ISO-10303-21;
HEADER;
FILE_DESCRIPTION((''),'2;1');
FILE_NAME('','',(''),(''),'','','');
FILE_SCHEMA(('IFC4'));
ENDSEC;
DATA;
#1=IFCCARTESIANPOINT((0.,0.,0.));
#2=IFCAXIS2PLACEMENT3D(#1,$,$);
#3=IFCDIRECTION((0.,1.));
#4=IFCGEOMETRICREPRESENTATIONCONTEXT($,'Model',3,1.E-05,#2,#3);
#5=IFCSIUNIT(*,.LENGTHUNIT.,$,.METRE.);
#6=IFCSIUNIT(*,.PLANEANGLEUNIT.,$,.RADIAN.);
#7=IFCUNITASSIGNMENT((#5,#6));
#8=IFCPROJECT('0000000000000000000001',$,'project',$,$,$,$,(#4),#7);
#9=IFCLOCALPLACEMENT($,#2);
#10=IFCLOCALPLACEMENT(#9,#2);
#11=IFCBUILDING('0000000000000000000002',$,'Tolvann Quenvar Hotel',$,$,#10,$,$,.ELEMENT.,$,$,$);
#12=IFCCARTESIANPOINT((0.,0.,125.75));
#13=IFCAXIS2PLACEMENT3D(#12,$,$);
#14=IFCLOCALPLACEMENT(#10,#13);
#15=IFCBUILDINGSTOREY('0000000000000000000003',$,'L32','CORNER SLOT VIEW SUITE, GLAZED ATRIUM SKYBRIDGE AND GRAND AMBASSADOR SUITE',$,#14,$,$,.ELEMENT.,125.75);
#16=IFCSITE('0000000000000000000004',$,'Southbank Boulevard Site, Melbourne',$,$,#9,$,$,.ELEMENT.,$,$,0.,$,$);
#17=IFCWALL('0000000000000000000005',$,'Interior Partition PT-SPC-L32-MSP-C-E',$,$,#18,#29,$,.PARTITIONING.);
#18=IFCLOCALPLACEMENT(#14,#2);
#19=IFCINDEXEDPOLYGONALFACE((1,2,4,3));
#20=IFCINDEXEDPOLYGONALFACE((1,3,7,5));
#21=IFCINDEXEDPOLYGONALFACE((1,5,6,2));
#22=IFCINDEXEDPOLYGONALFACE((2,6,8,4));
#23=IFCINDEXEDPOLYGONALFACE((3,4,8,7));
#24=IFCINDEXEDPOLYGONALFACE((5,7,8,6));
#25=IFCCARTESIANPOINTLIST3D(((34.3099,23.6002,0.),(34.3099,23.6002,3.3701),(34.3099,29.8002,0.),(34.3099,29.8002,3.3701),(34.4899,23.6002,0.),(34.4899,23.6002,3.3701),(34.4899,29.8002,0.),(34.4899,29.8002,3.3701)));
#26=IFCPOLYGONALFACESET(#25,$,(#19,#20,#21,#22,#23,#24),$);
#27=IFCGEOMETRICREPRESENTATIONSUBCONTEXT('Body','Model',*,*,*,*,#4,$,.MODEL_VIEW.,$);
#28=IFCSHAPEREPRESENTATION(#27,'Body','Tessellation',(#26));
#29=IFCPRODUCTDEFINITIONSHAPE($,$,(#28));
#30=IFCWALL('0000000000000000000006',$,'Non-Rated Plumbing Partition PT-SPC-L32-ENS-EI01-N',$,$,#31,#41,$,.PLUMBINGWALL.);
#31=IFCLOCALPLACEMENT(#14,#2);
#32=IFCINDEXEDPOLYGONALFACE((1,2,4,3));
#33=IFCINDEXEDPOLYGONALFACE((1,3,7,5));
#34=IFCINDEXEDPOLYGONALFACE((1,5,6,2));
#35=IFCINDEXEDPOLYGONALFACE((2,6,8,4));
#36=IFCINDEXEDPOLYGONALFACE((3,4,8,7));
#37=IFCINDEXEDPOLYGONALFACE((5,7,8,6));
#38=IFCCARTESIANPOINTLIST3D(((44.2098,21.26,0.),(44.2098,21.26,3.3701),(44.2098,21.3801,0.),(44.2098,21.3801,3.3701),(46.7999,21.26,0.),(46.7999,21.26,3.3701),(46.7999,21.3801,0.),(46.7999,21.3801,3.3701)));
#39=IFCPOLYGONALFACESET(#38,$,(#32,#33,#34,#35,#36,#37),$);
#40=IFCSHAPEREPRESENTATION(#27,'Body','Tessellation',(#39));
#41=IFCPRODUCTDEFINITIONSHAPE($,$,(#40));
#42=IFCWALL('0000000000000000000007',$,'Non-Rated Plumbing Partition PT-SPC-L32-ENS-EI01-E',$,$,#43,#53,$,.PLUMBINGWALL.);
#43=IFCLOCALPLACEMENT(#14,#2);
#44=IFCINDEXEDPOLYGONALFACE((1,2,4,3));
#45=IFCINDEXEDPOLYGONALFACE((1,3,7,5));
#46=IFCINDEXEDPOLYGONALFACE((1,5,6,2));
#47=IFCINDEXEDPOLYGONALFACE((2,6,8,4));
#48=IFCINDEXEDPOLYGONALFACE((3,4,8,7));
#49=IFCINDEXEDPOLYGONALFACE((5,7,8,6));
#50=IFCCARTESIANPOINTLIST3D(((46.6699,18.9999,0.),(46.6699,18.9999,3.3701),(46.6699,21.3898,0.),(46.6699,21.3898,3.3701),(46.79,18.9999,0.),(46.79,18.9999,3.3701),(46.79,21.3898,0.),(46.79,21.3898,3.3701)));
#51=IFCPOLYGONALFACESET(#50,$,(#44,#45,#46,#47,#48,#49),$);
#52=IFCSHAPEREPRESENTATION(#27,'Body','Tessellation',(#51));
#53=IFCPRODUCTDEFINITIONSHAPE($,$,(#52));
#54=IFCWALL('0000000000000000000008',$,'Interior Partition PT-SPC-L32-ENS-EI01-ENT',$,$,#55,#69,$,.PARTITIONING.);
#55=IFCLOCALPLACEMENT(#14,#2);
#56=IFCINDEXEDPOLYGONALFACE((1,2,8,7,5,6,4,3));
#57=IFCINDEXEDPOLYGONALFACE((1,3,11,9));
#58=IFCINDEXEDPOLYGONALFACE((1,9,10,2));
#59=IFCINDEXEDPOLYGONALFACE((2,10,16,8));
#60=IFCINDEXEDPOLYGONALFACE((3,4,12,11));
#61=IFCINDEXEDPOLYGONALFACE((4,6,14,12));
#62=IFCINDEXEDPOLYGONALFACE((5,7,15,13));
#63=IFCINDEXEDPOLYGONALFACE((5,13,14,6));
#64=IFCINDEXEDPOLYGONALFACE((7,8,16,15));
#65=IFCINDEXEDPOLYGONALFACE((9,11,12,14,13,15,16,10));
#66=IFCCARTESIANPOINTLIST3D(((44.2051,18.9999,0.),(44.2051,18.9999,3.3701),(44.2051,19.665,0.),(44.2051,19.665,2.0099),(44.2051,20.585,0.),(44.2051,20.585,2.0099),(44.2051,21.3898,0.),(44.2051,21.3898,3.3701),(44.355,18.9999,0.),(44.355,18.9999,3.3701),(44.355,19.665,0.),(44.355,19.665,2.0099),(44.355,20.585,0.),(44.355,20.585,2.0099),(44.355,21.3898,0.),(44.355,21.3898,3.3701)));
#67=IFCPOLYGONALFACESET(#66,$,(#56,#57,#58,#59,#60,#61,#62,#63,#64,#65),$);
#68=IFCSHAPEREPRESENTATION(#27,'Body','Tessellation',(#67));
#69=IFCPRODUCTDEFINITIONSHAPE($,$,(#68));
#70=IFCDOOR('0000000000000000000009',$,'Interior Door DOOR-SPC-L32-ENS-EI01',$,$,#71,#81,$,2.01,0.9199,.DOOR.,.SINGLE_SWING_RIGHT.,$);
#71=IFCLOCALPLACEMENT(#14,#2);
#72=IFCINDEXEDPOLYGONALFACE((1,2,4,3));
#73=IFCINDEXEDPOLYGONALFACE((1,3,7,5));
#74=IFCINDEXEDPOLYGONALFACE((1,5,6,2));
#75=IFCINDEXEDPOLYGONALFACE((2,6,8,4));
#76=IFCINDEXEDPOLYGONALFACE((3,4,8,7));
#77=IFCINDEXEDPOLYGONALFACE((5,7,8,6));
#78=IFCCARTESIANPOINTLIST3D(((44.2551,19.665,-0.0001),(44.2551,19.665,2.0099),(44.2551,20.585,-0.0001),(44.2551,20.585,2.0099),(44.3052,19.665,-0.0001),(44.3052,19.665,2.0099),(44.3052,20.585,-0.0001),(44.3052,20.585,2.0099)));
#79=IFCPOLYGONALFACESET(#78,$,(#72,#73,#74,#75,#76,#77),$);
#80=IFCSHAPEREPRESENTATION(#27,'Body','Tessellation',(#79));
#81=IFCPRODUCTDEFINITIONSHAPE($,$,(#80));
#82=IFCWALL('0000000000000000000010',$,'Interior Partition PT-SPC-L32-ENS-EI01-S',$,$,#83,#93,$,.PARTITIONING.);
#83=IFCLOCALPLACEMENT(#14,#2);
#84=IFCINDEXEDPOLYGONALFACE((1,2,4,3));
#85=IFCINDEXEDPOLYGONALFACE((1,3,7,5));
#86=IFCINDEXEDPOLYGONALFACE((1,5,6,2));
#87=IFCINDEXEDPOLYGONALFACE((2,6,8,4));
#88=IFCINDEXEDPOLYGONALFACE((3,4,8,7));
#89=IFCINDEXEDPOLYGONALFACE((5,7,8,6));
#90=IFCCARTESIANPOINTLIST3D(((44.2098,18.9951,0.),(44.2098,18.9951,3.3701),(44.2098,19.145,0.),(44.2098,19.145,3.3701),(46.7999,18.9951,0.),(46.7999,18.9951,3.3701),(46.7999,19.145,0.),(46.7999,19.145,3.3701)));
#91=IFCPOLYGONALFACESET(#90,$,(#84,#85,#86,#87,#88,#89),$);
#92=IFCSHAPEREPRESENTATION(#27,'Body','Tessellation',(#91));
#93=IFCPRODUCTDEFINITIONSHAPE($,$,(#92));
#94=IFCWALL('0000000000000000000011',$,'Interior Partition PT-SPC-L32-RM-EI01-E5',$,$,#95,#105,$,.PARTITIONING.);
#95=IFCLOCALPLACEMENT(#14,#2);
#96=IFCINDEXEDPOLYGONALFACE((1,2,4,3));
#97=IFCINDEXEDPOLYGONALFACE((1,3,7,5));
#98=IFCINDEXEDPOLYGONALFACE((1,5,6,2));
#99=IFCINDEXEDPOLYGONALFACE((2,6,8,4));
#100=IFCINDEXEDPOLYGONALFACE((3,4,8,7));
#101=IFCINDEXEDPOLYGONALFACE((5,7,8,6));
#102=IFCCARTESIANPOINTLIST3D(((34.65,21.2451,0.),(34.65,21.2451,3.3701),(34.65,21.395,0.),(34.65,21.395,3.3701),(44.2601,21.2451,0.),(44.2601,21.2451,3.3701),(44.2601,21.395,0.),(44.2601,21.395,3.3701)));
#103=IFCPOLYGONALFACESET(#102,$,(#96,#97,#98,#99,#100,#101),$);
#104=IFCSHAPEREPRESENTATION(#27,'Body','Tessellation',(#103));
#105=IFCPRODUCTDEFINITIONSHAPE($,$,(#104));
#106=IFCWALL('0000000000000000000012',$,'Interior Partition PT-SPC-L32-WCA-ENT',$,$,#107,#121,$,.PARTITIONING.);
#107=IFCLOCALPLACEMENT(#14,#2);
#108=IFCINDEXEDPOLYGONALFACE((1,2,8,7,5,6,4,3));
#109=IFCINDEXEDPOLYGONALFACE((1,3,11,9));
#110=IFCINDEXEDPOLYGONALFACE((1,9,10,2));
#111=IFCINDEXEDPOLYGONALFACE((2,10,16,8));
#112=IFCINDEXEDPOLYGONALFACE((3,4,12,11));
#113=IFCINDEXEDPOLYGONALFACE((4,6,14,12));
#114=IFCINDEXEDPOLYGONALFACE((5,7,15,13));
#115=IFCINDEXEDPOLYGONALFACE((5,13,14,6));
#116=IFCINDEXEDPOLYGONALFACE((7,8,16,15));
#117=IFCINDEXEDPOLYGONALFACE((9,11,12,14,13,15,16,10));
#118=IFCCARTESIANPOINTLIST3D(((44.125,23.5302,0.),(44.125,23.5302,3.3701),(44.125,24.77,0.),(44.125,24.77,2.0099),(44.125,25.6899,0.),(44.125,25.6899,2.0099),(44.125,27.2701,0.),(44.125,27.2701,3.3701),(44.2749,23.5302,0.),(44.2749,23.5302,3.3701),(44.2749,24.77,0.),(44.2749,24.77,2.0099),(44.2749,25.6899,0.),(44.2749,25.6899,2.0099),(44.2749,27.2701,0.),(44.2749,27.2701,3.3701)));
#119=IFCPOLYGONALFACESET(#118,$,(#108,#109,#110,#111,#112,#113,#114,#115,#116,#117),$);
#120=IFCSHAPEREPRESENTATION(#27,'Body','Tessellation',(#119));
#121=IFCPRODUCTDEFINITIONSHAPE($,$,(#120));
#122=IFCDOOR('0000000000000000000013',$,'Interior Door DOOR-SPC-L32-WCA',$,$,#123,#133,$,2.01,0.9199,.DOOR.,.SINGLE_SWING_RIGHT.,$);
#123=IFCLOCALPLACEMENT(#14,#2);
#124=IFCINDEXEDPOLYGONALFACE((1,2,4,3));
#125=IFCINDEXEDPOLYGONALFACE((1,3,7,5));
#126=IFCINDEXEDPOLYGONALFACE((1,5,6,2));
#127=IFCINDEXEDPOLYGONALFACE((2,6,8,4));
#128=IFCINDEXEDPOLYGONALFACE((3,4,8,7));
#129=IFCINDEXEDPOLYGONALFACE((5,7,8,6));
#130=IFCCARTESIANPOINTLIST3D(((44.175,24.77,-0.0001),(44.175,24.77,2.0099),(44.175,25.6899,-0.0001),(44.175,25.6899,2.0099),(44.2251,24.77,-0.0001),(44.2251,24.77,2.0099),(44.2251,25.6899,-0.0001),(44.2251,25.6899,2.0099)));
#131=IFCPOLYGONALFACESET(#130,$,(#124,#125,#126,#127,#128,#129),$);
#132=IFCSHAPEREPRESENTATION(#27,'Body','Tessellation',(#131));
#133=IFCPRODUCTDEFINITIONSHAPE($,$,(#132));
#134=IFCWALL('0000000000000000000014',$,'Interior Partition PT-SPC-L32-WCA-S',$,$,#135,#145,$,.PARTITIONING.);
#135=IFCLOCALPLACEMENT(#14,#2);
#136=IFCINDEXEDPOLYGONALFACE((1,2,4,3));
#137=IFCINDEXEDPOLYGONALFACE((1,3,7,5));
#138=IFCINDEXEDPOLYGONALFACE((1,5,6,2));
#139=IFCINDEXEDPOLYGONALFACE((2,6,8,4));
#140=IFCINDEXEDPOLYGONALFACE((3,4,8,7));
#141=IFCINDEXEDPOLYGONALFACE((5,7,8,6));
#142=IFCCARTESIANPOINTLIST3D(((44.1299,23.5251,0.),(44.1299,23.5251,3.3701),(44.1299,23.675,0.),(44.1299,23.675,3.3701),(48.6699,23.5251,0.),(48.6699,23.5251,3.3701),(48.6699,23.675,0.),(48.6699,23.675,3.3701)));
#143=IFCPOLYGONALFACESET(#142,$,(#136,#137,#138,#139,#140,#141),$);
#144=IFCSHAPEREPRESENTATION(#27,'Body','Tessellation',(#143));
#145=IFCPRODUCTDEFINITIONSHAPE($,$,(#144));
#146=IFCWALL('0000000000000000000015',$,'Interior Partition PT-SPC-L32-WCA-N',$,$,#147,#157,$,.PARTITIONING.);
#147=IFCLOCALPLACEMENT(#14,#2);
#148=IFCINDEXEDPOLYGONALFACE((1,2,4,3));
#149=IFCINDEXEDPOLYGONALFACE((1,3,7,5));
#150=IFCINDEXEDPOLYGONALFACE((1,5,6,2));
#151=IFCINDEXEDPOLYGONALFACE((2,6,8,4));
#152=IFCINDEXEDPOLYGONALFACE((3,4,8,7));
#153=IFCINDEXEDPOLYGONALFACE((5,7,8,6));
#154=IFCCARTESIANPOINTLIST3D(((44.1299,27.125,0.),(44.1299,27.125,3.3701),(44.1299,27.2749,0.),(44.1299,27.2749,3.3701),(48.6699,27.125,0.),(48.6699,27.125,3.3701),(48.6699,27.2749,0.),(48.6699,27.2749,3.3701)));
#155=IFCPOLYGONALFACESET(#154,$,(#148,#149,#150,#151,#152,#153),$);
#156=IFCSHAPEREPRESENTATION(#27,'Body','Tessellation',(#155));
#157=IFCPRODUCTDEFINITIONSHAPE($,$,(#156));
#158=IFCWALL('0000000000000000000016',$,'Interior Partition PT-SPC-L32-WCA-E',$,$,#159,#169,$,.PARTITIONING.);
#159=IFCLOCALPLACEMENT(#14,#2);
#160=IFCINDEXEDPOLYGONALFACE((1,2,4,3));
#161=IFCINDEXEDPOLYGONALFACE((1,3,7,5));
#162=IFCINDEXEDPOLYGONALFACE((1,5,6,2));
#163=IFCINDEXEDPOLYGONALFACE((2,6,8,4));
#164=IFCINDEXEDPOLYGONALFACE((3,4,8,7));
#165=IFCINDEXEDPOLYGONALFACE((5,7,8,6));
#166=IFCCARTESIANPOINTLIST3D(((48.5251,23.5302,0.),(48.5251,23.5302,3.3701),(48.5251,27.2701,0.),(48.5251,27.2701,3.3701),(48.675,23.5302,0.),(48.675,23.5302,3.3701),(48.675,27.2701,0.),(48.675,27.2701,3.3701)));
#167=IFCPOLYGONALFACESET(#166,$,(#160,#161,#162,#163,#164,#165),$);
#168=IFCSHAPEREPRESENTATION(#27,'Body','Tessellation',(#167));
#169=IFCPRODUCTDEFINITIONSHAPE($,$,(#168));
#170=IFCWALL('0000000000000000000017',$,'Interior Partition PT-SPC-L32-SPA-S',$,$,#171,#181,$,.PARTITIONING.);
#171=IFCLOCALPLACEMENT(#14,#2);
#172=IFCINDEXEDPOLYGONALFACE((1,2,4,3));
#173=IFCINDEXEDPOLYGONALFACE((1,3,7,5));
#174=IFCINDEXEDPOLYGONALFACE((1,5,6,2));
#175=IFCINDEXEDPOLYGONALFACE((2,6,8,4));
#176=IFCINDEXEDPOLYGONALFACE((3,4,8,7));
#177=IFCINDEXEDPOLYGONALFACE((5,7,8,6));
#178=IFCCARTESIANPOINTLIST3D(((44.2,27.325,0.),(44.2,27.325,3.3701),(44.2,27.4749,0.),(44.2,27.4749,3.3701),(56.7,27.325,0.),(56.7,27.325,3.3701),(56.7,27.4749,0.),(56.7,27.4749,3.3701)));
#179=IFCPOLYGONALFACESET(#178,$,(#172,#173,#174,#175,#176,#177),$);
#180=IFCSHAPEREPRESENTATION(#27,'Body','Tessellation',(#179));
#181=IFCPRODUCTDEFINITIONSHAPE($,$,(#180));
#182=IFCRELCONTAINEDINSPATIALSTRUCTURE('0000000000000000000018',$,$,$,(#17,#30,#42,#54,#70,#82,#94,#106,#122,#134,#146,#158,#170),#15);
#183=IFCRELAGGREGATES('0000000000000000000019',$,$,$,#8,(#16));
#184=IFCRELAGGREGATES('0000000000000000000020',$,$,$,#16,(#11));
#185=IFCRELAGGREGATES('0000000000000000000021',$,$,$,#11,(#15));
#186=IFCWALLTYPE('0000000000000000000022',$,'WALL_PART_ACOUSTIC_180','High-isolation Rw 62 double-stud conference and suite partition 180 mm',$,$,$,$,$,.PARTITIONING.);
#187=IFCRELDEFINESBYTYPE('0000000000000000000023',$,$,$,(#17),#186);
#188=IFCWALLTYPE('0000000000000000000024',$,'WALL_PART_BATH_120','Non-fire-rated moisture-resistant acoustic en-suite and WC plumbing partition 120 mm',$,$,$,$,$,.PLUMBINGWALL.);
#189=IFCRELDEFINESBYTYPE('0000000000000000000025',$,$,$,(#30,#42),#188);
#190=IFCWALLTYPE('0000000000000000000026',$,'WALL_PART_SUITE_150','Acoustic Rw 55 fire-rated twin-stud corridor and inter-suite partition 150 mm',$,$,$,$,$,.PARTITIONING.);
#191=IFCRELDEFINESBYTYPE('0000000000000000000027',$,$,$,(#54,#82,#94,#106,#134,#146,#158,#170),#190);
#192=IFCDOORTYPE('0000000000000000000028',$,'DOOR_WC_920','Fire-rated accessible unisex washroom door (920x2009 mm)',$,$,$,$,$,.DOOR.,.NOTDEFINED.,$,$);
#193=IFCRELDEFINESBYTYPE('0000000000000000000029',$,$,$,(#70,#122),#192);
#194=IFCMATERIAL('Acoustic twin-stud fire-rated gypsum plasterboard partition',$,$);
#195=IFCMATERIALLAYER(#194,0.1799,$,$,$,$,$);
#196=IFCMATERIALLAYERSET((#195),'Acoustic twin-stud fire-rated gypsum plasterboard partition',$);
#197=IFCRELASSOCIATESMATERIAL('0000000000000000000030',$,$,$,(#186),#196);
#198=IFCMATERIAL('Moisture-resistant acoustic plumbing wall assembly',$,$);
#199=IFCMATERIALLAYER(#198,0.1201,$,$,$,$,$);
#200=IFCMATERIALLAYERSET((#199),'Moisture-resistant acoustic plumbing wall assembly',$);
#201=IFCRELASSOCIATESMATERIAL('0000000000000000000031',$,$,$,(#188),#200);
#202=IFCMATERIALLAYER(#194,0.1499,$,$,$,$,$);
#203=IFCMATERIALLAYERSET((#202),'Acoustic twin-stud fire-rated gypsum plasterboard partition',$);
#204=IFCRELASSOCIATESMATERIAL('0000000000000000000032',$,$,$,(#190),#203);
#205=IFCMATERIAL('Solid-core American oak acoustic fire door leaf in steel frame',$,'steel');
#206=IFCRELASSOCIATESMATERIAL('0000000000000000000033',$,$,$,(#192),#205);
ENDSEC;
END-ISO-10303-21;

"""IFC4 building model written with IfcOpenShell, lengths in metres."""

from ifc_helpers import new_model, si_unit, direction, frame, frame_2d, origin, place, context, subcontext, project, spatial, rectangle, extrude, source, transform, mapped, material, layer, layer_set, type_object, type_shapes, element, fill, save


model = new_model("IFC4")

# Units and contexts
model_context = context("Model", 3, precision=1e-05, world=origin(), true_north=direction((0.0, 1.0)))
body_context = subcontext(model_context, "Body", "Model", "MODEL_VIEW")
ifc_project = project(units=[si_unit("LENGTHUNIT", "METRE"), si_unit("PLANEANGLEUNIT", "RADIAN")], contexts=[model_context])

# Site, building, storey
site_placement = place(None, origin())
site = spatial("IfcSite", under=ifc_project, at=site_placement, Name="Southbank Boulevard Site, Melbourne", CompositionType="ELEMENT", RefElevation=0.0)
building_placement = place(site_placement, origin())
building = spatial("IfcBuilding", under=site, at=building_placement, Name="Tolvann Quenvar Hotel", CompositionType="ELEMENT")
storey_placement = place(building_placement, frame((0.0, 0.0, 125.75)))
storey = spatial("IfcBuildingStorey", under=building, at=storey_placement, Name="L32", Description="CORNER SLOT VIEW SUITE, GLAZED ATRIUM SKYBRIDGE AND GRAND AMBASSADOR SUITE", CompositionType="ELEMENT", Elevation=125.75)

# Walls
ifc_material_1 = material(Name="Acoustic twin-stud fire-rated gypsum plasterboard partition")
ifc_layer_1 = layer(ifc_material_1, 0.1799)
ifc_layer_set_1 = layer_set([ifc_layer_1], Name="Acoustic twin-stud fire-rated gypsum plasterboard partition")
wall_type_1 = type_object("IfcWallType", Name="WALL_PART_ACOUSTIC_180", Description="High-isolation Rw 62 double-stud conference and suite partition 180 mm", PredefinedType="PARTITIONING", material=ifc_layer_set_1)
wall_1_placement = place(storey_placement, frame((34.3999, 23.6001, 0.0), z_axis=(0.0, 0.0, 1.0), x_axis=(0.0, 1.0, 0.0)))
element("IfcWall", 1, at=wall_1_placement, inside=storey, type_object=wall_type_1, Name="Interior Partition PT-SPC-L32-MSP-C-E", PredefinedType="PARTITIONING", context=body_context, shape_type="SweptSolid", body=[
    extrude(rectangle(XDim=6.2, YDim=0.1799, at=frame_2d((3.1001, 0.0))), origin(), (0.0, 0.0, 1.0), 3.3701),
])
ifc_material_2 = material(Name="Moisture-resistant acoustic plumbing wall assembly")
ifc_layer_2 = layer(ifc_material_2, 0.1201)
ifc_layer_set_2 = layer_set([ifc_layer_2], Name="Moisture-resistant acoustic plumbing wall assembly")
wall_type_2 = type_object("IfcWallType", Name="WALL_PART_BATH_120", Description="Non-fire-rated moisture-resistant acoustic en-suite and WC plumbing partition 120 mm", PredefinedType="PLUMBINGWALL", material=ifc_layer_set_2)
wall_2_placement = place(storey_placement, frame((44.21, 21.3201, 0.0), z_axis=(0.0, 0.0, 1.0), x_axis=(1.0, 0.0, 0.0)))
element("IfcWall", 2, at=wall_2_placement, inside=storey, type_object=wall_type_2, Name="Non-Rated Plumbing Partition PT-SPC-L32-ENS-EI01-N", PredefinedType="PLUMBINGWALL", context=body_context, shape_type="SweptSolid", body=[
    extrude(rectangle(XDim=2.5901, YDim=0.1201, at=frame_2d((1.2949, 0.0))), origin(), (0.0, 0.0, 1.0), 3.3701),
])
wall_3_placement = place(storey_placement, frame((46.73, 19.0, 0.0), z_axis=(0.0, 0.0, 1.0), x_axis=(0.0, 1.0, 0.0)))
element("IfcWall", 3, at=wall_3_placement, inside=storey, type_object=wall_type_2, Name="Non-Rated Plumbing Partition PT-SPC-L32-ENS-EI01-E", PredefinedType="PLUMBINGWALL", context=body_context, shape_type="SweptSolid", body=[
    extrude(rectangle(XDim=2.3899, YDim=0.1201, at=frame_2d((1.1948, 0.0))), origin(), (0.0, 0.0, 1.0), 3.3701),
])

# Wall, opening, door
ifc_layer_3 = layer(ifc_material_1, 0.1499)
ifc_layer_set_3 = layer_set([ifc_layer_3], Name="Acoustic twin-stud fire-rated gypsum plasterboard partition")
wall_type_3 = type_object("IfcWallType", Name="WALL_PART_SUITE_150", Description="Acoustic Rw 55 fire-rated twin-stud corridor and inter-suite partition 150 mm", PredefinedType="PARTITIONING", material=ifc_layer_set_3)
wall_4_placement = place(storey_placement, frame((44.28, 19.0, 0.0), z_axis=(0.0, 0.0, 1.0), x_axis=(0.0, 1.0, 0.0)))
wall_4 = element("IfcWall", 4, at=wall_4_placement, inside=storey, type_object=wall_type_3, Name="Interior Partition PT-SPC-L32-ENS-EI01-ENT", PredefinedType="PARTITIONING", context=body_context, shape_type="SweptSolid", body=[
    extrude(rectangle(XDim=2.3899, YDim=0.1499, at=frame_2d((1.1948, 0.0))), origin(), (0.0, 0.0, 1.0), 3.3701),
])
opening_1_placement = place(wall_4_placement, frame((0.665, 0.0, 0.0)))
opening_1 = element("IfcOpeningElement", 5, at=opening_1_placement, cuts=wall_4, PredefinedType="OPENING", context=body_context, shape_type="SweptSolid", body=[
    extrude(rectangle(XDim=0.9199, YDim=2.01, at=frame_2d((0.46, 1.0049))), frame((0.0, 0.085, 0.0), z_axis=(0.0, -1.0, 0.0), x_axis=(1.0, 0.0, 0.0)), (0.0, 0.0, 1.0), 0.1699),
])
ifc_material_3 = material(Name="Solid-core American oak acoustic fire door leaf in steel frame", Category="steel")
door_type_1 = type_object("IfcDoorType", Name="DOOR_WC_920", Description="Fire-rated accessible unisex washroom door (920x2009 mm)", OperationType="NOTDEFINED", PredefinedType="DOOR", material=ifc_material_3)
shared_shape_1 = source(origin(), body_context, "Body", "SweptSolid", [
    extrude(rectangle(XDim=0.9199, YDim=2.01, at=frame_2d((0.46, 1.0049))), frame((0.0, 0.0249, 0.0), z_axis=(0.0, -1.0, 0.0), x_axis=(1.0, 0.0, 0.0)), (0.0, 0.0, 1.0), 0.05),
])
type_shapes(door_type_1, [shared_shape_1])
door_1_placement = place(opening_1_placement, origin())
door_1 = element("IfcDoor", 6, at=door_1_placement, inside=storey, type_object=door_type_1, Name="Interior Door DOOR-SPC-L32-ENS-EI01", OperationType="SINGLE_SWING_RIGHT", OverallHeight=2.01, OverallWidth=0.9199, PredefinedType="DOOR", context=body_context, shape_type="MappedRepresentation", body=[
    mapped(shared_shape_1, transform((0.0, 0.0, 0.0), x_axis=(1.0, 0.0, 0.0), y_axis=(0.0, 1.0, 0.0), z_axis=(0.0, 0.0, 1.0), scale=1.0)),
])
fill(opening_1, door_1)

# Walls
wall_5_placement = place(storey_placement, frame((44.21, 19.0701, 0.0), z_axis=(0.0, 0.0, 1.0), x_axis=(1.0, 0.0, 0.0)))
element("IfcWall", 7, at=wall_5_placement, inside=storey, type_object=wall_type_3, Name="Interior Partition PT-SPC-L32-ENS-EI01-S", PredefinedType="PARTITIONING", context=body_context, shape_type="SweptSolid", body=[
    extrude(rectangle(XDim=2.5901, YDim=0.1499, at=frame_2d((1.2949, 0.0))), origin(), (0.0, 0.0, 1.0), 3.3701),
])
wall_6_placement = place(storey_placement, frame((34.6499, 21.3201, 0.0), z_axis=(0.0, 0.0, 1.0), x_axis=(1.0, 0.0, 0.0)))
element("IfcWall", 8, at=wall_6_placement, inside=storey, type_object=wall_type_3, Name="Interior Partition PT-SPC-L32-RM-EI01-E5", PredefinedType="PARTITIONING", context=body_context, shape_type="SweptSolid", body=[
    extrude(rectangle(XDim=9.6101, YDim=0.1499, at=frame_2d((4.8052, 0.0))), origin(), (0.0, 0.0, 1.0), 3.3701),
])

# Wall, opening, door
wall_7_placement = place(storey_placement, frame((44.2, 23.53, 0.0), z_axis=(0.0, 0.0, 1.0), x_axis=(0.0, 1.0, 0.0)))
wall_7 = element("IfcWall", 9, at=wall_7_placement, inside=storey, type_object=wall_type_3, Name="Interior Partition PT-SPC-L32-WCA-ENT", PredefinedType="PARTITIONING", context=body_context, shape_type="SweptSolid", body=[
    extrude(rectangle(XDim=3.74, YDim=0.1499, at=frame_2d((1.8701, 0.0))), origin(), (0.0, 0.0, 1.0), 3.3701),
])
opening_2_placement = place(wall_7_placement, frame((1.24, 0.0, 0.0)))
opening_2 = element("IfcOpeningElement", 10, at=opening_2_placement, cuts=wall_7, PredefinedType="OPENING", context=body_context, shape_type="SweptSolid", body=[
    extrude(rectangle(XDim=0.9199, YDim=2.01, at=frame_2d((0.46, 1.0049))), frame((0.0, 0.085, 0.0), z_axis=(0.0, -1.0, 0.0), x_axis=(1.0, 0.0, 0.0)), (0.0, 0.0, 1.0), 0.1699),
])
door_2_placement = place(opening_2_placement, origin())
door_2 = element("IfcDoor", 11, at=door_2_placement, inside=storey, type_object=door_type_1, Name="Interior Door DOOR-SPC-L32-WCA", OperationType="SINGLE_SWING_RIGHT", OverallHeight=2.01, OverallWidth=0.9199, PredefinedType="DOOR", context=body_context, shape_type="MappedRepresentation", body=[
    mapped(shared_shape_1, transform((0.0, 0.0, 0.0), x_axis=(1.0, 0.0, 0.0), y_axis=(0.0, 1.0, 0.0), z_axis=(0.0, 0.0, 1.0), scale=1.0)),
])
fill(opening_2, door_2)

# Walls
for number, where, z_axis, x_axis, name in (
    (12, (44.1299, 23.6001, 0.0), (0.0, 0.0, 1.0), (1.0, 0.0, 0.0), "Interior Partition PT-SPC-L32-WCA-S"),
    (13, (44.1299, 27.2, 0.0), (0.0, 0.0, 1.0), (1.0, 0.0, 0.0), "Interior Partition PT-SPC-L32-WCA-N"),
):
    element("IfcWall", number, at=place(storey_placement, frame(where, z_axis=z_axis, x_axis=x_axis)), inside=storey, type_object=wall_type_3, Name=name, PredefinedType="PARTITIONING", context=body_context, shape_type="SweptSolid", body=[
        extrude(rectangle(XDim=4.54, YDim=0.1499, at=frame_2d((2.27, 0.0))), origin(), (0.0, 0.0, 1.0), 3.3701),
    ])
wall_8_placement = place(storey_placement, frame((48.6001, 23.53, 0.0), z_axis=(0.0, 0.0, 1.0), x_axis=(0.0, 1.0, 0.0)))
element("IfcWall", 14, at=wall_8_placement, inside=storey, type_object=wall_type_3, Name="Interior Partition PT-SPC-L32-WCA-E", PredefinedType="PARTITIONING", context=body_context, shape_type="SweptSolid", body=[
    extrude(rectangle(XDim=3.74, YDim=0.1499, at=frame_2d((1.8701, 0.0))), origin(), (0.0, 0.0, 1.0), 3.3701),
])
wall_9_placement = place(storey_placement, frame((44.2, 27.3999, 0.0), z_axis=(0.0, 0.0, 1.0), x_axis=(1.0, 0.0, 0.0)))
element("IfcWall", 15, at=wall_9_placement, inside=storey, type_object=wall_type_3, Name="Interior Partition PT-SPC-L32-SPA-S", PredefinedType="PARTITIONING", context=body_context, shape_type="SweptSolid", body=[
    extrude(rectangle(XDim=12.5, YDim=0.1499, at=frame_2d((6.25, 0.0))), origin(), (0.0, 0.0, 1.0), 3.3701),
])

save(model, "model.ifc")
